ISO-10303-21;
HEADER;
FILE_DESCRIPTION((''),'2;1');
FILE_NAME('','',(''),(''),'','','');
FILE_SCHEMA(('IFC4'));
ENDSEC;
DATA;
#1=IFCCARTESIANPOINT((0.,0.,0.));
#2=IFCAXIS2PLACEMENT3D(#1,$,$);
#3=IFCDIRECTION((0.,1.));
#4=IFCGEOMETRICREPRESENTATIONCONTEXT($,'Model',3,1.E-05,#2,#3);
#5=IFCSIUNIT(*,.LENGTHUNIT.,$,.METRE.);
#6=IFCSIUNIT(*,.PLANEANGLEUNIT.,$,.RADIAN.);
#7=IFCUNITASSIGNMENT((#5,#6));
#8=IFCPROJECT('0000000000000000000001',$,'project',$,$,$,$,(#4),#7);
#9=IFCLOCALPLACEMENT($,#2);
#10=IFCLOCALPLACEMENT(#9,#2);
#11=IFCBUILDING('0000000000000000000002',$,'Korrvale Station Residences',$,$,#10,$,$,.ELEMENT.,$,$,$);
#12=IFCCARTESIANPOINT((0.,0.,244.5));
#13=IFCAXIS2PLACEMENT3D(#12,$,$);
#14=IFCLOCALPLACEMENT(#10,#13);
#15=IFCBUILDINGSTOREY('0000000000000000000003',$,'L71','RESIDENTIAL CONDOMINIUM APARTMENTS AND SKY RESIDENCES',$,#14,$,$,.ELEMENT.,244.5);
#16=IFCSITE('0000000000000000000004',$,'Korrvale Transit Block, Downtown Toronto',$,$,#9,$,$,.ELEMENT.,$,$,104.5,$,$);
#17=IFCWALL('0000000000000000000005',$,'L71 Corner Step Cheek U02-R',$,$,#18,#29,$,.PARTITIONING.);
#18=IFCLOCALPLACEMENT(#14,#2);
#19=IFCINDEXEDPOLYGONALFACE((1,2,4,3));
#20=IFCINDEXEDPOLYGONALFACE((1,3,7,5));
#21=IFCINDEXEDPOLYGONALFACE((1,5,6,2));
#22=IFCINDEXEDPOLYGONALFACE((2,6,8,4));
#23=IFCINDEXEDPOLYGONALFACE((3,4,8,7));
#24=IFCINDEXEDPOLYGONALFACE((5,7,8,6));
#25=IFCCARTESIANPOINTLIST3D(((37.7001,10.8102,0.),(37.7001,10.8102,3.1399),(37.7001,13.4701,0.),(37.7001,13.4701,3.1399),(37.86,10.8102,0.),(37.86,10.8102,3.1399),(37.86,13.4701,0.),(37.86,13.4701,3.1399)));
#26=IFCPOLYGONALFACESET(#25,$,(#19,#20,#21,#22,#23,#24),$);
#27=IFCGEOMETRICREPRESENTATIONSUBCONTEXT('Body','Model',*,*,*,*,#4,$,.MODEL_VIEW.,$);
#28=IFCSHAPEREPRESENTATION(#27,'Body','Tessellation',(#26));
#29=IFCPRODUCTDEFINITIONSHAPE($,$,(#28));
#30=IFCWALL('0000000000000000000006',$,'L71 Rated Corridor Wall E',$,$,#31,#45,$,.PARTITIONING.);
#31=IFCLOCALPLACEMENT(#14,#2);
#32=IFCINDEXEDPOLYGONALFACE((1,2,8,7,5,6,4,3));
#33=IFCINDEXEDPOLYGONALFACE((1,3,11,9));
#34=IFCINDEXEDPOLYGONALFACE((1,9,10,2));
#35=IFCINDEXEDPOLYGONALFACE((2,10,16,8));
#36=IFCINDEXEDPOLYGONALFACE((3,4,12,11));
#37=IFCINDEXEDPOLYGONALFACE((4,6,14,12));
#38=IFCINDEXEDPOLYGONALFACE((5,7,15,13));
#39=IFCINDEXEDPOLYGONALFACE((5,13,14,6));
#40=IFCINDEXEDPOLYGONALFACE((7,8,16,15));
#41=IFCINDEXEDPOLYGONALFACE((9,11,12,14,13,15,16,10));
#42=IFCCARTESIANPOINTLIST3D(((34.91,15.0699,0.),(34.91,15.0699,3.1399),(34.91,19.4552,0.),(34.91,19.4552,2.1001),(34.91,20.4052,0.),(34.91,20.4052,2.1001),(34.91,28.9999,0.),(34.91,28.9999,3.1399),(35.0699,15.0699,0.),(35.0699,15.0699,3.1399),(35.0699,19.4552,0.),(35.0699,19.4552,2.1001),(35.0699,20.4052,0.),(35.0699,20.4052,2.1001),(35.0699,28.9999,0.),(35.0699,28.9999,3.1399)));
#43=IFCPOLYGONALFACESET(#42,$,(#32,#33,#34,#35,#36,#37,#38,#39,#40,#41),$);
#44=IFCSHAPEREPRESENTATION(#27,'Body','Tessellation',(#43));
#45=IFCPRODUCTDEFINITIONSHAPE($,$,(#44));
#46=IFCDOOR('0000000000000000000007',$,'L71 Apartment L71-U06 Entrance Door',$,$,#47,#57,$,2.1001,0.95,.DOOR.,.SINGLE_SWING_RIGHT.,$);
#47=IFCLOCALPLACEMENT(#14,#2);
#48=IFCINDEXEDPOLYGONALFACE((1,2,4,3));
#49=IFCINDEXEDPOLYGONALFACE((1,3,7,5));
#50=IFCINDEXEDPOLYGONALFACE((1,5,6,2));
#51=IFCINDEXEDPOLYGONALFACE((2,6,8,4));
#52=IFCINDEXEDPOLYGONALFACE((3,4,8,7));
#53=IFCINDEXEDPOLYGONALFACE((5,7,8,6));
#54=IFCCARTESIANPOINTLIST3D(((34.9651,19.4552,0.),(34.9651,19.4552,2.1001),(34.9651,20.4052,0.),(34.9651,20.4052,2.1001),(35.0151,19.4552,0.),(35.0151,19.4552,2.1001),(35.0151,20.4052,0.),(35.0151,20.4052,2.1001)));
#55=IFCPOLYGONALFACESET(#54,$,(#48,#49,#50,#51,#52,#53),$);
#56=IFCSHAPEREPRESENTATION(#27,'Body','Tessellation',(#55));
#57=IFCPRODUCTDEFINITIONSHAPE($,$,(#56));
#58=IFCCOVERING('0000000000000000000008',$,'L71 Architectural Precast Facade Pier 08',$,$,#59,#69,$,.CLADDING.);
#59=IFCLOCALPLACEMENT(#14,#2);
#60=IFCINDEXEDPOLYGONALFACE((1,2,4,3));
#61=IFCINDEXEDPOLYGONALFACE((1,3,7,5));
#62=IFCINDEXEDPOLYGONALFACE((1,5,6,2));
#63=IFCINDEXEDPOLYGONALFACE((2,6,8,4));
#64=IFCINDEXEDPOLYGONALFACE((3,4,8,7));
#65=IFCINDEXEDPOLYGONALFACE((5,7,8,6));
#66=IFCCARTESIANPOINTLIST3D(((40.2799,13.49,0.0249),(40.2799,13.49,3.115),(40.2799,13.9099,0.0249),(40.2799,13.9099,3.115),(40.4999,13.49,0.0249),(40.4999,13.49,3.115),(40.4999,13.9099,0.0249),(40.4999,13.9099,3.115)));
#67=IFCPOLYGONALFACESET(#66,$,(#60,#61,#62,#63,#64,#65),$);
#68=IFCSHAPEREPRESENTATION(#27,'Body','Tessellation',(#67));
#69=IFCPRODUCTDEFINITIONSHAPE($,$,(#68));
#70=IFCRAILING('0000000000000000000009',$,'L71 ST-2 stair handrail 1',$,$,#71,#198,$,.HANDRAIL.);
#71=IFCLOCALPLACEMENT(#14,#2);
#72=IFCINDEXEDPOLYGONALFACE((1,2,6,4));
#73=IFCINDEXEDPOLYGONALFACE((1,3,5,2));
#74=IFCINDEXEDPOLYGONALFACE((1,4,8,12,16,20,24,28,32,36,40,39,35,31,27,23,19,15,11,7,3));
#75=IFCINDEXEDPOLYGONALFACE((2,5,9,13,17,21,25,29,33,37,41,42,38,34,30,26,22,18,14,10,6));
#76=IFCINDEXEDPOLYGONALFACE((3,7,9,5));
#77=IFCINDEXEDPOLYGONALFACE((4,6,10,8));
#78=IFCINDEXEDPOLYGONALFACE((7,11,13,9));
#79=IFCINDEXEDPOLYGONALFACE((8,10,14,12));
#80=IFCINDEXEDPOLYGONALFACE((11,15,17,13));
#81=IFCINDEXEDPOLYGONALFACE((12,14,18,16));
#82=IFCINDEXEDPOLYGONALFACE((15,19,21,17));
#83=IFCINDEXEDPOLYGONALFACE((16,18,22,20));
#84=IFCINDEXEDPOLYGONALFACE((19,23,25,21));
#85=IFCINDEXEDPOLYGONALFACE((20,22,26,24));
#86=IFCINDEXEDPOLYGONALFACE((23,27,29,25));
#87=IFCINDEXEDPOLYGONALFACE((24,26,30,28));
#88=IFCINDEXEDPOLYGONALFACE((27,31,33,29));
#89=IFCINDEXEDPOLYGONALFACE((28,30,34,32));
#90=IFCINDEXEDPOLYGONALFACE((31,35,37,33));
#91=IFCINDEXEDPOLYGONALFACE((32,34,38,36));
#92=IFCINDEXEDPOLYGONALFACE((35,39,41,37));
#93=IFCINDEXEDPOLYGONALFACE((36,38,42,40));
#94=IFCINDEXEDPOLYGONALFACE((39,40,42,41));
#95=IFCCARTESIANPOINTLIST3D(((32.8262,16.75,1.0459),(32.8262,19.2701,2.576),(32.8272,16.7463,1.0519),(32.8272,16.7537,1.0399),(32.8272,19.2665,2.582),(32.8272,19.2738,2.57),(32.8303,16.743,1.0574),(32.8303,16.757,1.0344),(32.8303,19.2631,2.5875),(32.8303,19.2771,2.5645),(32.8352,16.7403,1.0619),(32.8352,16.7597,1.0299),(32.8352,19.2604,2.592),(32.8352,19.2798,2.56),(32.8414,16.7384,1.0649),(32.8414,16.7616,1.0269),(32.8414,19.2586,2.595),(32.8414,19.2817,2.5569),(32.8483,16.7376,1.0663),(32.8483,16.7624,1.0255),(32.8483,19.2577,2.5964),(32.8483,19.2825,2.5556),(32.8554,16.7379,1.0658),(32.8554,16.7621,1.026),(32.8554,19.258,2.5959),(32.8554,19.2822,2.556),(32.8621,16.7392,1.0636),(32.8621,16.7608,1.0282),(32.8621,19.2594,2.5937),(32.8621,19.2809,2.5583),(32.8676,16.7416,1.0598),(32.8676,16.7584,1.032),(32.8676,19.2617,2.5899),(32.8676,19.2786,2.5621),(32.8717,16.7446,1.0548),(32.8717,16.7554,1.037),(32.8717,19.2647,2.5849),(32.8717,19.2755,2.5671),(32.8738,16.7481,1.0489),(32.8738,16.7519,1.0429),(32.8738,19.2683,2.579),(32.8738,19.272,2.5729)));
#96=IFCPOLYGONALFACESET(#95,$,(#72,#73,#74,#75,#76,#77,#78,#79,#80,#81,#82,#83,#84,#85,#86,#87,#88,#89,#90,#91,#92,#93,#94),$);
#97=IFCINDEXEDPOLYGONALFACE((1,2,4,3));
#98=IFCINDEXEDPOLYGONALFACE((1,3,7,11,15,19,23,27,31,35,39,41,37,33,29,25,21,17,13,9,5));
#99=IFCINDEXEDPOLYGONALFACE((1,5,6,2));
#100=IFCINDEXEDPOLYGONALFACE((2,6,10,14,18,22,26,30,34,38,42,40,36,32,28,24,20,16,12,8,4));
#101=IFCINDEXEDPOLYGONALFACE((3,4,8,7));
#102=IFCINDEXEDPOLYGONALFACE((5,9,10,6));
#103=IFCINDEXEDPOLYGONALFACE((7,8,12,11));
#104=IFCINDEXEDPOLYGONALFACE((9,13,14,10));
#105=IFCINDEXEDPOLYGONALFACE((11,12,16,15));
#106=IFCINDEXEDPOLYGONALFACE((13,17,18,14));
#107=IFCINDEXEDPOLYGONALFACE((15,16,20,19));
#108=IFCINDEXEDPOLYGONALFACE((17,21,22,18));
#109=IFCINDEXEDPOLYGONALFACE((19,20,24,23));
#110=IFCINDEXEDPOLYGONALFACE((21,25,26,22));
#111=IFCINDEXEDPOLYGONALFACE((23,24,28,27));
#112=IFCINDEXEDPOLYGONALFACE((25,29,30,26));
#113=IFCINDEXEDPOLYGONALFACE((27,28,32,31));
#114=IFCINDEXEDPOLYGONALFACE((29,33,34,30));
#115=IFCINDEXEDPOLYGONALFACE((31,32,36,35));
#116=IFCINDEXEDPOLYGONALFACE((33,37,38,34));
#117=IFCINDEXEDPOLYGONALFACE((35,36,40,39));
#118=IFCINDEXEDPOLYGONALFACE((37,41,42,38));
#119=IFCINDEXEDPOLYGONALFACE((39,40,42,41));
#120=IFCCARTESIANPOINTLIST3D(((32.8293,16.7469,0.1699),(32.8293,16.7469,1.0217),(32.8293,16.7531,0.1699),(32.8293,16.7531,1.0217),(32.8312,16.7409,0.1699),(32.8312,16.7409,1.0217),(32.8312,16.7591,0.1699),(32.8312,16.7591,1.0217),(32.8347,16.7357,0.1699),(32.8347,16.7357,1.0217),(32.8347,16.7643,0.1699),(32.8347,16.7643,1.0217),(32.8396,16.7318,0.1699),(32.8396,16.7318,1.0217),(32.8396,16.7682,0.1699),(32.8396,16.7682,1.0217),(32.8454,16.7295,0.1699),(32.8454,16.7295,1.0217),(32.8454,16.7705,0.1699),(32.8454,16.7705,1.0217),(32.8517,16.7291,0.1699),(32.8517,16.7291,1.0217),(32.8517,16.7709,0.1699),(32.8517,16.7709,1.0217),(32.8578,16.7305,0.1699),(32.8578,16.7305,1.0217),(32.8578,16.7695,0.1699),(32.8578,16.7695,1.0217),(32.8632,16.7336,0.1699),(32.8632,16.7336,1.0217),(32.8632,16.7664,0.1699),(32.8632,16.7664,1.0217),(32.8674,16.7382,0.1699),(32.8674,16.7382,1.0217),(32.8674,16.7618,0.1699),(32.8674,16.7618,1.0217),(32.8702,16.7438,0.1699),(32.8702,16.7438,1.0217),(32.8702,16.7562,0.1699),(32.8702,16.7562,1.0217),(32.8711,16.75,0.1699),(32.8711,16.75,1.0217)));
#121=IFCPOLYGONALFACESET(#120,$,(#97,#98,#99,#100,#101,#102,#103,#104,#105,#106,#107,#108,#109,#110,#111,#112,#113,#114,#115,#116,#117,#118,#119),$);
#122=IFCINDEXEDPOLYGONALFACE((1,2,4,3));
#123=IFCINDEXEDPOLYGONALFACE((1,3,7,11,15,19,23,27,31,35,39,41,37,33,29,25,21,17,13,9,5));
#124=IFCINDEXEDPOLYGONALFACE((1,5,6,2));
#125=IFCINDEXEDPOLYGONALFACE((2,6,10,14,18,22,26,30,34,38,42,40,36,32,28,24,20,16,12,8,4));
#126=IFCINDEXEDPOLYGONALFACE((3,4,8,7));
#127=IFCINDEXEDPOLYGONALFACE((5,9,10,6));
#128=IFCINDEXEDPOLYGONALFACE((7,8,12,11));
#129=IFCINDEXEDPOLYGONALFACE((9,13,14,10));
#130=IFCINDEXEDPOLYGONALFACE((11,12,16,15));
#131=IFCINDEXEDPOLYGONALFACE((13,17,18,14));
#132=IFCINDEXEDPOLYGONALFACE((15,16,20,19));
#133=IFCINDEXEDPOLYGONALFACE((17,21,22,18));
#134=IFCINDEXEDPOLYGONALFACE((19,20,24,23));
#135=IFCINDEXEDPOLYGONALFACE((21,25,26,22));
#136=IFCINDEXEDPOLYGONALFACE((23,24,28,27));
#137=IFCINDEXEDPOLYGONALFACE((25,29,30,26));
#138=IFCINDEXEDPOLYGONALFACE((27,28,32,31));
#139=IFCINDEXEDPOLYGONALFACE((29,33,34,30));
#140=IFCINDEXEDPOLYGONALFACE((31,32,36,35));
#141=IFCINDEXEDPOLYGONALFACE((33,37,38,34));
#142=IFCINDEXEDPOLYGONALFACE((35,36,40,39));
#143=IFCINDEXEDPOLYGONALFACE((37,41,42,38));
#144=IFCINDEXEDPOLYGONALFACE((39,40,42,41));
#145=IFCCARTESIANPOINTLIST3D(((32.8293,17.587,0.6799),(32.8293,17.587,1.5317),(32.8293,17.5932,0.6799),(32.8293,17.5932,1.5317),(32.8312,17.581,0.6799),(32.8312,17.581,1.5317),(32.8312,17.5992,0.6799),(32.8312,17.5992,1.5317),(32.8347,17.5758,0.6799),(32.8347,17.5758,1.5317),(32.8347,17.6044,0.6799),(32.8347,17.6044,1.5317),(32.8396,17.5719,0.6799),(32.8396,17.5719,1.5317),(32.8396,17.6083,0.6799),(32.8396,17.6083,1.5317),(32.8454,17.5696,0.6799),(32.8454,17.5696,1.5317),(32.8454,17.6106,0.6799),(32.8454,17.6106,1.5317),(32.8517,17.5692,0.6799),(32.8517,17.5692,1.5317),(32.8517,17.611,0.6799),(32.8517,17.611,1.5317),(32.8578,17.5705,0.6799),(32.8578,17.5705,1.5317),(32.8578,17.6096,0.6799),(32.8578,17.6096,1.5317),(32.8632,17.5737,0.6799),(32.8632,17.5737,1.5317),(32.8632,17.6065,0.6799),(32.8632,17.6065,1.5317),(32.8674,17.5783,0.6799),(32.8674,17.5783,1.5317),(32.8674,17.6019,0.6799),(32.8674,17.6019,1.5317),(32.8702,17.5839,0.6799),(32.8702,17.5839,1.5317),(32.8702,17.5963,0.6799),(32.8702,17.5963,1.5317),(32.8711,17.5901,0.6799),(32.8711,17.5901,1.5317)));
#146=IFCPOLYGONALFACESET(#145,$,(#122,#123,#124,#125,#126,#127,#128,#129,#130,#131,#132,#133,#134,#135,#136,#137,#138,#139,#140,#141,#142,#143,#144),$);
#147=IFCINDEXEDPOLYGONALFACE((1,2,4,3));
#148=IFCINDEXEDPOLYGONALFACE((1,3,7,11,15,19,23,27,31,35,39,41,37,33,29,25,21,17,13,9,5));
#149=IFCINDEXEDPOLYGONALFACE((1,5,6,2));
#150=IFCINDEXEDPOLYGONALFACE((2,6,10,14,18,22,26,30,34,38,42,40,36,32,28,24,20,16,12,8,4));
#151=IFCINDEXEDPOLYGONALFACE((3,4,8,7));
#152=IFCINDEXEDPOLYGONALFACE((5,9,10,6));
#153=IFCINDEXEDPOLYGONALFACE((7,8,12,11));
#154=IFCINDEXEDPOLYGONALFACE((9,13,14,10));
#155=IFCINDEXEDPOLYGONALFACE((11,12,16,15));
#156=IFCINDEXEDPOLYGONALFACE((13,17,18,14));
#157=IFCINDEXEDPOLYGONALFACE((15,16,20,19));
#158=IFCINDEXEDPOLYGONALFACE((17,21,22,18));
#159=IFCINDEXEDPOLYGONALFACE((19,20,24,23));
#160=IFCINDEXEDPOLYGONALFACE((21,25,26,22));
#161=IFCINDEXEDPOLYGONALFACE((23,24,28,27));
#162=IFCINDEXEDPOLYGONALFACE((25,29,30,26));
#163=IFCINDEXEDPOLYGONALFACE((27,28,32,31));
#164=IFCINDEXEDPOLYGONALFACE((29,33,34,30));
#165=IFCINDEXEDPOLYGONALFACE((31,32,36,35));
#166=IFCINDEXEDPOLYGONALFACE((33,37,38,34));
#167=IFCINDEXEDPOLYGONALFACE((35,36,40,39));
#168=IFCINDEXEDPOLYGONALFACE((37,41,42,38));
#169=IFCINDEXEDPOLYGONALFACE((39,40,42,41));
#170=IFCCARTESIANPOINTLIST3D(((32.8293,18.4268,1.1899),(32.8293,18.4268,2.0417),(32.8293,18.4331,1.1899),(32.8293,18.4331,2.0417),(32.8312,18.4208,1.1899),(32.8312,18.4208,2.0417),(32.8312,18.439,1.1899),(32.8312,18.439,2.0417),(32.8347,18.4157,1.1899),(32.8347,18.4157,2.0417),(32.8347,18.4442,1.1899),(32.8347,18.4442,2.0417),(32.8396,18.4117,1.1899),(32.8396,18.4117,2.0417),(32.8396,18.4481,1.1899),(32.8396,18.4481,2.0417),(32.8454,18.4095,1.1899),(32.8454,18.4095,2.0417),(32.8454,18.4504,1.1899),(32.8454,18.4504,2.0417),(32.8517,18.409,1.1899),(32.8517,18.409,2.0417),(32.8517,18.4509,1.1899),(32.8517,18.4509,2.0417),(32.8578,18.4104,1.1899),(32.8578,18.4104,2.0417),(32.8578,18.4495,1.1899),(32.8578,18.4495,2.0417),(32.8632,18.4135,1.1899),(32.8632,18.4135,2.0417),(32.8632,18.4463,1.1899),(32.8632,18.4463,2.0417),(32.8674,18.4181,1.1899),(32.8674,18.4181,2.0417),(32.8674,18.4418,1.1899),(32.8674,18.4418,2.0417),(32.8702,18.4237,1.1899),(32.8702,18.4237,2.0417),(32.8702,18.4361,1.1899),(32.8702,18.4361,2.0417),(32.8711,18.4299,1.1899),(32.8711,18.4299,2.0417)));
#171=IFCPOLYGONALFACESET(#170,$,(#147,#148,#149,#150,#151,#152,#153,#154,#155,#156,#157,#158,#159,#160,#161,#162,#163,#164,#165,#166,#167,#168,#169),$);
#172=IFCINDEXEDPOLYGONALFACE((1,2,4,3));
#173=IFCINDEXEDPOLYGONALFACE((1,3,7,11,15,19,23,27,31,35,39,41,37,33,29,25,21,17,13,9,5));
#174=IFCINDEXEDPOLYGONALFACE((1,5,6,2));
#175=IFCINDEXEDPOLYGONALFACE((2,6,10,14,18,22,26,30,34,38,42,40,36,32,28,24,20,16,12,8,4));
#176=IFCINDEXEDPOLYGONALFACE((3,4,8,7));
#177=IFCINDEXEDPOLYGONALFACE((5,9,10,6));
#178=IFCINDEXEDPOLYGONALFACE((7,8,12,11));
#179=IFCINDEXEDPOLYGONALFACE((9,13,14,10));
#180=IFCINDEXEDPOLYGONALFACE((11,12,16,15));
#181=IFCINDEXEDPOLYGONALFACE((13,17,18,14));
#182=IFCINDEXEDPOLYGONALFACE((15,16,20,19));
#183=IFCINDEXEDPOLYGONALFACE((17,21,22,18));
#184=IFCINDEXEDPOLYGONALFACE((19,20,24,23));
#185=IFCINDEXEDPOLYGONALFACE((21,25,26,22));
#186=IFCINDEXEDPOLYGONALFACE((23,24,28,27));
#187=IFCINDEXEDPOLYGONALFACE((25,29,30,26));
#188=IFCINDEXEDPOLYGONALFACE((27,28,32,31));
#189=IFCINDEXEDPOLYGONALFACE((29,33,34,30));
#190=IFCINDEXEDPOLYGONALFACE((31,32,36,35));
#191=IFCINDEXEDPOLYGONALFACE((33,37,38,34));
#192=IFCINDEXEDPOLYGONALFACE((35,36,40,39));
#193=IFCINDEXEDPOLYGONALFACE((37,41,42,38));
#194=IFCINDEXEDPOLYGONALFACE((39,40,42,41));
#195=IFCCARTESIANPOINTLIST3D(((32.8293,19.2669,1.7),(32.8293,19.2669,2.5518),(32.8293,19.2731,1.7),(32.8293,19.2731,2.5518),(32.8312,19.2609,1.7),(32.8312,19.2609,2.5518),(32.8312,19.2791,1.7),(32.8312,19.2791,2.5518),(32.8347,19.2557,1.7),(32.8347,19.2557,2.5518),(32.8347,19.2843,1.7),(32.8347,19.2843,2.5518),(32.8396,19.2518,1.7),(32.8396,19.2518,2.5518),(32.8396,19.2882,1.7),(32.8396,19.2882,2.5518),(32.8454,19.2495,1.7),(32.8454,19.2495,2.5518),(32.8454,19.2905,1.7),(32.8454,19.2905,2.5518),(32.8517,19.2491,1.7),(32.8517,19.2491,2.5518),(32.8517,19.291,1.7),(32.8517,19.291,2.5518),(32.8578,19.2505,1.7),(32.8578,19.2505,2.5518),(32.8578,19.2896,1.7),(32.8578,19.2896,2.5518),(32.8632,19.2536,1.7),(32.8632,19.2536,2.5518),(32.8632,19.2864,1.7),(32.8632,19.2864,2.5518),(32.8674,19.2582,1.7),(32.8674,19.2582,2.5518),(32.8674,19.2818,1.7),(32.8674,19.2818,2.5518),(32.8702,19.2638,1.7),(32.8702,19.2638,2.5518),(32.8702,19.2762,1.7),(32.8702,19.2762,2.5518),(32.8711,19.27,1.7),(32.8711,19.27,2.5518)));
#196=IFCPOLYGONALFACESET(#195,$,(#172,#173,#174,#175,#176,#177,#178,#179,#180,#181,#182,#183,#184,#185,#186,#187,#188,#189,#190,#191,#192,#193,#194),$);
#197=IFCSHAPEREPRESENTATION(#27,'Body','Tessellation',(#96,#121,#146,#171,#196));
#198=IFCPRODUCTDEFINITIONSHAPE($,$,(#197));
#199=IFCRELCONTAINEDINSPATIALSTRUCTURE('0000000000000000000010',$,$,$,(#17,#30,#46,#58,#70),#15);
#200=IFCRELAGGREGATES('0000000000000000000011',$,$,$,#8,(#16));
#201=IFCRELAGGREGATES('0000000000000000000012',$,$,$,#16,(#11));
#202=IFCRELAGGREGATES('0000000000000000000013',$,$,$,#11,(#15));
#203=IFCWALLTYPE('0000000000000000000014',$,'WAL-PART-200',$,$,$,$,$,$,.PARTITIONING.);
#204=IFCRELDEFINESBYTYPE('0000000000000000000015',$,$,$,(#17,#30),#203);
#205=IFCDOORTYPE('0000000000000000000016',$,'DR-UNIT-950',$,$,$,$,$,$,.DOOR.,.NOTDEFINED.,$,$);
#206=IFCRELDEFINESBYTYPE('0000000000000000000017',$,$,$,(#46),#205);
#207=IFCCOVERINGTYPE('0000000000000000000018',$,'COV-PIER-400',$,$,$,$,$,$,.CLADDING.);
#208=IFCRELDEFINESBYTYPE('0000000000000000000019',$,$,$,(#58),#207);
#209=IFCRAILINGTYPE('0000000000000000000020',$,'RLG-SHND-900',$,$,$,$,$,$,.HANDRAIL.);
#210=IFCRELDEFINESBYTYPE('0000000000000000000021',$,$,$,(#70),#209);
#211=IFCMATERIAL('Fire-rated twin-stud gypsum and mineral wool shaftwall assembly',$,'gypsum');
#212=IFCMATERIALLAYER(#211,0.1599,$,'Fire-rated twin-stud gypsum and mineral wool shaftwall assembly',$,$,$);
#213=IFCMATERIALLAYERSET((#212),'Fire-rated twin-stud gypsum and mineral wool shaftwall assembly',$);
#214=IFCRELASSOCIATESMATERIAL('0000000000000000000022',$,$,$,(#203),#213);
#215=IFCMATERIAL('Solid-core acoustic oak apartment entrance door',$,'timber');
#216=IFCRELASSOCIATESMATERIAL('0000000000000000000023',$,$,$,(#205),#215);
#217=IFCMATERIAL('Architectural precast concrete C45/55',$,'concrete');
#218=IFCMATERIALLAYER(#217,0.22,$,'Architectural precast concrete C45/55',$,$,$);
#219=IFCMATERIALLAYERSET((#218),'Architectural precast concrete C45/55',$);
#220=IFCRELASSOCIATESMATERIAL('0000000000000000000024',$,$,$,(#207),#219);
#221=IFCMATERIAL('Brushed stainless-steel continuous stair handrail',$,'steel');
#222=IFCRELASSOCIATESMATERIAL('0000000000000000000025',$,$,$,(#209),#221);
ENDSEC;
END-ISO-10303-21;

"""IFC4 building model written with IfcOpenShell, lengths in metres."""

from ifc_helpers import new_model, si_unit, direction, frame, frame_2d, origin, origin_2d, place, context, subcontext, project, spatial, rectangle, circle, extrude, material, layer, layer_set, type_object, element, fill, save


model = new_model("IFC4")

# Units and contexts
model_context = context("Model", 3, precision=1e-05, world=origin(), true_north=direction((0.0, 1.0)))
body_context = subcontext(model_context, "Body", "Model", "MODEL_VIEW")
ifc_project = project(units=[si_unit("LENGTHUNIT", "METRE"), si_unit("PLANEANGLEUNIT", "RADIAN")], contexts=[model_context])

# Site, building, storey
site_placement = place(None, origin())
site = spatial("IfcSite", under=ifc_project, at=site_placement, Name="Korrvale Transit Block, Downtown Toronto", CompositionType="ELEMENT", RefElevation=104.5)
building_placement = place(site_placement, origin())
building = spatial("IfcBuilding", under=site, at=building_placement, Name="Korrvale Station Residences", CompositionType="ELEMENT")
storey_placement = place(building_placement, frame((0.0, 0.0, 244.5)))
storey = spatial("IfcBuildingStorey", under=building, at=storey_placement, Name="L71", Description="RESIDENTIAL CONDOMINIUM APARTMENTS AND SKY RESIDENCES", CompositionType="ELEMENT", Elevation=244.5)

# Wall
ifc_material_1 = material(Name="Fire-rated twin-stud gypsum and mineral wool shaftwall assembly", Category="gypsum")
ifc_layer_1 = layer(ifc_material_1, 0.1599, Name="Fire-rated twin-stud gypsum and mineral wool shaftwall assembly")
ifc_layer_set_1 = layer_set([ifc_layer_1], Name="Fire-rated twin-stud gypsum and mineral wool shaftwall assembly")
wall_type_1 = type_object("IfcWallType", Name="WAL-PART-200", PredefinedType="PARTITIONING", material=ifc_layer_set_1)
wall_1_placement = place(storey_placement, frame((37.78, 10.8101, 0.0), z_axis=(0.0, 0.0, 1.0), x_axis=(0.0, 1.0, 0.0)))
element("IfcWall", 1, at=wall_1_placement, inside=storey, type_object=wall_type_1, Name="L71 Corner Step Cheek U02-R", PredefinedType="PARTITIONING", context=body_context, shape_type="SweptSolid", body=[
    extrude(rectangle(XDim=2.6599, YDim=0.1599, at=frame_2d((1.3301, 0.0))), origin(), (0.0, 0.0, 1.0), 3.1399),
])

# Wall, opening, door
wall_2_placement = place(storey_placement, frame((34.99, 15.0701, 0.0), z_axis=(0.0, 0.0, 1.0), x_axis=(0.0, 1.0, 0.0)))
wall_2 = element("IfcWall", 2, at=wall_2_placement, inside=storey, type_object=wall_type_1, Name="L71 Rated Corridor Wall E", PredefinedType="PARTITIONING", context=body_context, shape_type="SweptSolid", body=[
    extrude(rectangle(XDim=13.9299, YDim=0.1599, at=frame_2d((6.9648, 0.0))), origin(), (0.0, 0.0, 1.0), 3.1399),
])
opening_1_placement = place(wall_2_placement, frame((4.385, 0.0, 0.0)))
opening_1 = element("IfcOpeningElement", 3, at=opening_1_placement, cuts=wall_2, PredefinedType="OPENING", context=body_context, shape_type="SweptSolid", body=[
    extrude(rectangle(XDim=0.95, YDim=2.1001, at=frame_2d((0.4751, 1.05))), frame((0.0, 0.0898, 0.0), z_axis=(0.0, -1.0, 0.0), x_axis=(1.0, 0.0, 0.0)), (0.0, 0.0, 1.0), 0.1799),
])
ifc_material_2 = material(Name="Solid-core acoustic oak apartment entrance door", Category="timber")
door_type_1 = type_object("IfcDoorType", Name="DR-UNIT-950", OperationType="NOTDEFINED", PredefinedType="DOOR", material=ifc_material_2)
door_1_placement = place(opening_1_placement, origin())
door_1 = element("IfcDoor", 4, at=door_1_placement, inside=storey, type_object=door_type_1, Name="L71 Apartment L71-U06 Entrance Door", OperationType="SINGLE_SWING_RIGHT", OverallHeight=2.1001, OverallWidth=0.95, PredefinedType="DOOR", context=body_context, shape_type="SweptSolid", body=[
    extrude(rectangle(XDim=0.95, YDim=2.1001, at=frame_2d((0.4751, 1.05))), frame((0.0, 0.0249, 0.0), z_axis=(0.0, -1.0, 0.0), x_axis=(1.0, 0.0, 0.0)), (0.0, 0.0, 1.0), 0.05),
])
fill(opening_1, door_1)

# Covering
ifc_material_3 = material(Name="Architectural precast concrete C45/55", Category="concrete")
ifc_layer_2 = layer(ifc_material_3, 0.22, Name="Architectural precast concrete C45/55")
ifc_layer_set_2 = layer_set([ifc_layer_2], Name="Architectural precast concrete C45/55")
covering_type = type_object("IfcCoveringType", Name="COV-PIER-400", PredefinedType="CLADDING", material=ifc_layer_set_2)
covering_placement = place(storey_placement, frame((40.3899, 13.7, 0.0249), z_axis=(0.0, 0.0, 1.0), x_axis=(0.0, 1.0, 0.0)))
element("IfcCovering", 5, at=covering_placement, inside=storey, type_object=covering_type, Name="L71 Architectural Precast Facade Pier 08", PredefinedType="CLADDING", context=body_context, shape_type="SweptSolid", body=[
    extrude(rectangle(XDim=0.4199, YDim=0.22, at=origin_2d()), origin(), (0.0, 0.0, 1.0), 3.0901),
])

# Railing
ifc_material_4 = material(Name="Brushed stainless-steel continuous stair handrail", Category="steel")
railing_type = type_object("IfcRailingType", Name="RLG-SHND-900", PredefinedType="HANDRAIL", material=ifc_material_4)
railing_placement = place(storey_placement, frame((32.8501, 16.75, 0.1699)))
element("IfcRailing", 6, at=railing_placement, inside=storey, type_object=railing_type, Name="L71 ST-2 stair handrail 1", PredefinedType="HANDRAIL", context=body_context, shape_type="SweptSolid", body=[
    extrude(circle(Radius=0.0239, at=origin_2d()), frame((0.0, 0.0, 0.876), z_axis=(0.0, 0.854785, 0.518982), x_axis=(-1.0, 0.0, 0.0)), (0.0, 0.0, 1.0), 2.9482),
    extrude(circle(Radius=0.021, at=origin_2d()), origin(), (0.0, 0.0, 1.0), 0.8518),
    extrude(circle(Radius=0.021, at=origin_2d()), frame((0.0, 0.8401, 0.51)), (0.0, 0.0, 1.0), 0.8518),
    extrude(circle(Radius=0.021, at=origin_2d()), frame((0.0, 1.6799, 1.02)), (0.0, 0.0, 1.0), 0.8518),
    extrude(circle(Radius=0.021, at=origin_2d()), frame((0.0, 2.52, 1.53)), (0.0, 0.0, 1.0), 0.8518),
])

save(model, "model.ifc")
